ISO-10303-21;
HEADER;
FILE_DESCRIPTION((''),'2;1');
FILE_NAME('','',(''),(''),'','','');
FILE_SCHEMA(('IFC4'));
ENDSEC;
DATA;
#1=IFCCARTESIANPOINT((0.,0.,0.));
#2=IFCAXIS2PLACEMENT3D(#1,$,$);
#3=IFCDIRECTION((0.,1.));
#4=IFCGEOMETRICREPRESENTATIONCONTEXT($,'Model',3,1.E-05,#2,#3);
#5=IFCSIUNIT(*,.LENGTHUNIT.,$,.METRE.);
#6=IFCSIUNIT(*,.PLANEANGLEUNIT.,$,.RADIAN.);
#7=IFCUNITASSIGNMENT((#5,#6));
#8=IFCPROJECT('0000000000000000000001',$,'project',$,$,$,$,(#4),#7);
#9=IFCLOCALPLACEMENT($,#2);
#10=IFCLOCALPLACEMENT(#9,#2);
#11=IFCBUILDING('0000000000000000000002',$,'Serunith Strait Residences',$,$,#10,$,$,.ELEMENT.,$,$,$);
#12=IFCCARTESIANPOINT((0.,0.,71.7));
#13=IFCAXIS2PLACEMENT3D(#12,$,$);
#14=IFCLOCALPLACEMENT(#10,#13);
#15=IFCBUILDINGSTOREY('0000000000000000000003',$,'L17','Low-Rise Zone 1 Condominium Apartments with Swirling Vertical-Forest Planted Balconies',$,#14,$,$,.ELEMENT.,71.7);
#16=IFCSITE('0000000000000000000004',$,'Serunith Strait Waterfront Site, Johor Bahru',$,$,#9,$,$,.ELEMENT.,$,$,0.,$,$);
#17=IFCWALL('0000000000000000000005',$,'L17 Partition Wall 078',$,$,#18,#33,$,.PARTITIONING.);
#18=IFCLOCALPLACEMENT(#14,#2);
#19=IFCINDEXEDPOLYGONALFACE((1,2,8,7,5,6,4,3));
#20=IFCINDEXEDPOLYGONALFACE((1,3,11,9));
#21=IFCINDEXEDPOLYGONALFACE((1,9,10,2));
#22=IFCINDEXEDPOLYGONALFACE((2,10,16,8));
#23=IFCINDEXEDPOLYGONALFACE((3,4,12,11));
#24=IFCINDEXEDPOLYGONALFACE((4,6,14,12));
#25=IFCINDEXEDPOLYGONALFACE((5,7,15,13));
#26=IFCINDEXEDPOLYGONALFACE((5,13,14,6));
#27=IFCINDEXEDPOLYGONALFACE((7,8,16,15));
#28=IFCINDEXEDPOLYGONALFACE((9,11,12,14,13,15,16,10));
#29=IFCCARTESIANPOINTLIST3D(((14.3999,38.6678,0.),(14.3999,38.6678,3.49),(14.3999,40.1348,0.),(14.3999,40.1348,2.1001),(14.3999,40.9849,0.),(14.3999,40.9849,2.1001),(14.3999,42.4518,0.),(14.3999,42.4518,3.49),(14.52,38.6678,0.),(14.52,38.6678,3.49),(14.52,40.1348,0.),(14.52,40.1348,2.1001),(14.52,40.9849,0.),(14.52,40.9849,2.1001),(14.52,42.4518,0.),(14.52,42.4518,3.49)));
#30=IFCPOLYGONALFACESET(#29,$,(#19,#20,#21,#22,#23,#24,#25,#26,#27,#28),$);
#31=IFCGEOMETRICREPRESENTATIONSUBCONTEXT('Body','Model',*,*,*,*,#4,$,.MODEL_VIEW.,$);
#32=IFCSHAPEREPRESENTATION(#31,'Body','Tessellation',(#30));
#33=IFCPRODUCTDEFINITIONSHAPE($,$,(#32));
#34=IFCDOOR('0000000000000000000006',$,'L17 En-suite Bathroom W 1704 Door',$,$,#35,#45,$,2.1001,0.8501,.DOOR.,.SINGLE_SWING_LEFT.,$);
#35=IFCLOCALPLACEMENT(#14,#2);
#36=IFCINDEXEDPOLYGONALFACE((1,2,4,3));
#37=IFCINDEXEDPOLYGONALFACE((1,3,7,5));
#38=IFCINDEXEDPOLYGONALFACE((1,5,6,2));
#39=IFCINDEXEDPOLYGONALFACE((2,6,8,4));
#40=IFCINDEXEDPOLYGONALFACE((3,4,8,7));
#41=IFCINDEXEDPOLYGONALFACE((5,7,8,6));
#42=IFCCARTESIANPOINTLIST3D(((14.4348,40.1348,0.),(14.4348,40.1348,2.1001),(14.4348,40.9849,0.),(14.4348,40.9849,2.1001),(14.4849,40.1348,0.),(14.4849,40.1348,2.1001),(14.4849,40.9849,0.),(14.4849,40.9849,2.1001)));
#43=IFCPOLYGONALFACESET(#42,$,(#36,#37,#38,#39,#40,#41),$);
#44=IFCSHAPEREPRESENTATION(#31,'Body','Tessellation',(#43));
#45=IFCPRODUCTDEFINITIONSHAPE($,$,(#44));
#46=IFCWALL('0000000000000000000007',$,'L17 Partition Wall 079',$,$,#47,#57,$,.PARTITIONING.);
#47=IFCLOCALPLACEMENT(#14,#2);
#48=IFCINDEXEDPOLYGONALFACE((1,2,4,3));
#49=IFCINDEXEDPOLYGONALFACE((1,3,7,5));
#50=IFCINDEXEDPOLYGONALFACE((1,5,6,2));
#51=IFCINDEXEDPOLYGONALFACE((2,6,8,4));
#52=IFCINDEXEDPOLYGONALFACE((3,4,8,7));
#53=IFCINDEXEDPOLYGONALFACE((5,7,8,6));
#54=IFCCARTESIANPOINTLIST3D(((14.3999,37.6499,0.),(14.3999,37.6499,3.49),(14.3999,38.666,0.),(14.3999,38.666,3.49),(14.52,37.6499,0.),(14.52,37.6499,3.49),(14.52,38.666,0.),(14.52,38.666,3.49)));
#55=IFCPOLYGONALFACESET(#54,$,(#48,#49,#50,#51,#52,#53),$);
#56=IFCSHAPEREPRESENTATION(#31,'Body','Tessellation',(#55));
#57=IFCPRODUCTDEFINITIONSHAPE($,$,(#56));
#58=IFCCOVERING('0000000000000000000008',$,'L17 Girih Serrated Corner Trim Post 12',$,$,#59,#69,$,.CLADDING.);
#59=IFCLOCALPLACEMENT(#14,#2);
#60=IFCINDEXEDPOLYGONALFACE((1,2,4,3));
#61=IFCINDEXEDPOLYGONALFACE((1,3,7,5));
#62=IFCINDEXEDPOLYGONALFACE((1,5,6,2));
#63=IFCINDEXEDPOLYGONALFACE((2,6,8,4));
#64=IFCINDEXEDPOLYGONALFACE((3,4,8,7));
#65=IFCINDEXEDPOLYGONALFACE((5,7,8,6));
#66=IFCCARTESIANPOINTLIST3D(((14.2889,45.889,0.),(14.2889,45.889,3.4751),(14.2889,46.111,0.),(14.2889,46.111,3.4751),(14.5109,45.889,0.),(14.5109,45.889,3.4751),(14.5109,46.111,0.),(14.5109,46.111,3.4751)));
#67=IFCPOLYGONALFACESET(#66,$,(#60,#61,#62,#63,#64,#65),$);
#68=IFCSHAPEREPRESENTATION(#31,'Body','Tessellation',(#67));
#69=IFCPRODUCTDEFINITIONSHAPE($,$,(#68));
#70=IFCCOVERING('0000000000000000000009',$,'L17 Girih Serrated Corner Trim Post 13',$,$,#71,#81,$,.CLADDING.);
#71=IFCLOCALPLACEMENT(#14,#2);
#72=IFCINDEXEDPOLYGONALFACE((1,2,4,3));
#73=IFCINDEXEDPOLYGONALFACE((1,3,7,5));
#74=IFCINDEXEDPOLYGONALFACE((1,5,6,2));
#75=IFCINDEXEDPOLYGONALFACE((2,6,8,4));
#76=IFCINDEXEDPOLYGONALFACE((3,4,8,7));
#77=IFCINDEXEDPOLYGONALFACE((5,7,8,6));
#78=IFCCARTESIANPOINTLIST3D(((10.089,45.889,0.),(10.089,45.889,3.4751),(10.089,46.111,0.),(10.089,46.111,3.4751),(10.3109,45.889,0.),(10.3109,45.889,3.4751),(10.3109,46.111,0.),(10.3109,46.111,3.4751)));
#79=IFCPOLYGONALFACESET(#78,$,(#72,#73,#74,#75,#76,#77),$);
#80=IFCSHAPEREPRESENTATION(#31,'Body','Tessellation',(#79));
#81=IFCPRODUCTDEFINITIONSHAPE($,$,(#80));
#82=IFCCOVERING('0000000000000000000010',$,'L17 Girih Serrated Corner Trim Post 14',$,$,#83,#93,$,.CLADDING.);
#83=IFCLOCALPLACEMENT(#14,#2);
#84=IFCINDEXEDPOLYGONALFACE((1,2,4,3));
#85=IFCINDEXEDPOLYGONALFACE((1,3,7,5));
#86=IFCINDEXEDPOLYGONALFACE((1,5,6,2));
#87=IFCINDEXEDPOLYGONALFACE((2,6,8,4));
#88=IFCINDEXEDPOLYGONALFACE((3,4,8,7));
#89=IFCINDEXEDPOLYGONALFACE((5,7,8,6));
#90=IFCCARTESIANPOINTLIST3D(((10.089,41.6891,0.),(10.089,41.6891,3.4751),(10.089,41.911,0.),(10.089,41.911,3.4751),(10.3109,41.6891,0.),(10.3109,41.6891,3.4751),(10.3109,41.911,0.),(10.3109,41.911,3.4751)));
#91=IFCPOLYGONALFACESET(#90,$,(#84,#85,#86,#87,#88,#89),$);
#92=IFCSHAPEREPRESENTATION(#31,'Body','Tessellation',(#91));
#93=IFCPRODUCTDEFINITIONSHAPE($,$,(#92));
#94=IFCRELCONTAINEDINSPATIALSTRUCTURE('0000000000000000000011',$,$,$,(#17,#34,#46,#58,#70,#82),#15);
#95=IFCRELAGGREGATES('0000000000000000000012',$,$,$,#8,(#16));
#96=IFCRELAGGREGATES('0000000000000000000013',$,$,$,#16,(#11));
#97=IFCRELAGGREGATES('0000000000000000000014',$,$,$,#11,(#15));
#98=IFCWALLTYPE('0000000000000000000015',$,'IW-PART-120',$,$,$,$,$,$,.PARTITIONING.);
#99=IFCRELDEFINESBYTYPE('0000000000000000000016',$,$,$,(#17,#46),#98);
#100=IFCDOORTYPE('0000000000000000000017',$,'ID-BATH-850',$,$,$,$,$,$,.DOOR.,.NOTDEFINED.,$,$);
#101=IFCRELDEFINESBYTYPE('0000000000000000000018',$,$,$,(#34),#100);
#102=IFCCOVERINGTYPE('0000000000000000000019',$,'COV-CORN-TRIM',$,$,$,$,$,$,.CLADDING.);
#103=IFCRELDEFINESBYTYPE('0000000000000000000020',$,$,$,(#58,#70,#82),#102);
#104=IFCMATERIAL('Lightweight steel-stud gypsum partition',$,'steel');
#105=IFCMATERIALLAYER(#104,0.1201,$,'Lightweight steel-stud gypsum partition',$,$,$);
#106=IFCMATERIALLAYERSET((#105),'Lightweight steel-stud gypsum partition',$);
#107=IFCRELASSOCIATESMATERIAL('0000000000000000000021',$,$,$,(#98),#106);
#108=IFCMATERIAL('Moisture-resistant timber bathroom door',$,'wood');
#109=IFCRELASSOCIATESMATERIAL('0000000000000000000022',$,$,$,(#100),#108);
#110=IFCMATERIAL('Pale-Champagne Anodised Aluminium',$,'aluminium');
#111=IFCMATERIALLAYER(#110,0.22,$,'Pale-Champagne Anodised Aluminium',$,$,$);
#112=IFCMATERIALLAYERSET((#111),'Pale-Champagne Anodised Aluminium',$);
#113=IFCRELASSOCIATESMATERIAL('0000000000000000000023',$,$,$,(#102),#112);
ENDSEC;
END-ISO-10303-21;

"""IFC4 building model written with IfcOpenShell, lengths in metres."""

from ifc_helpers import new_model, si_unit, direction, frame, frame_2d, origin, origin_2d, place, context, subcontext, project, spatial, rectangle, extrude, source, transform, mapped, material, layer, layer_set, type_object, element, fill, save


model = new_model("IFC4")

# Units and contexts
model_context = context("Model", 3, precision=1e-05, world=origin(), true_north=direction((0.0, 1.0)))
body_context = subcontext(model_context, "Body", "Model", "MODEL_VIEW")
ifc_project = project(units=[si_unit("LENGTHUNIT", "METRE"), si_unit("PLANEANGLEUNIT", "RADIAN")], contexts=[model_context])

# Site, building, storey
site_placement = place(None, origin())
site = spatial("IfcSite", under=ifc_project, at=site_placement, Name="Serunith Strait Waterfront Site, Johor Bahru", CompositionType="ELEMENT", RefElevation=0.0)
building_placement = place(site_placement, origin())
building = spatial("IfcBuilding", under=site, at=building_placement, Name="Serunith Strait Residences", CompositionType="ELEMENT")
storey_placement = place(building_placement, frame((0.0, 0.0, 71.7)))
storey = spatial("IfcBuildingStorey", under=building, at=storey_placement, Name="L17", Description="Low-Rise Zone 1 Condominium Apartments with Swirling Vertical-Forest Planted Balconies", CompositionType="ELEMENT", Elevation=71.7)

# Shared definitions
ifc_material_1 = material(Name="Pale-Champagne Anodised Aluminium", Category="aluminium")

# Shared definitions
ifc_material_2 = material(Name="Lightweight steel-stud gypsum partition", Category="steel")
ifc_layer_1 = layer(ifc_material_2, 0.1201, Name="Lightweight steel-stud gypsum partition")
ifc_layer_set_1 = layer_set([ifc_layer_1], Name="Lightweight steel-stud gypsum partition")
wall_type_1 = type_object("IfcWallType", Name="IW-PART-120", PredefinedType="PARTITIONING", material=ifc_layer_set_1)
ifc_material_3 = material(Name="Moisture-resistant timber bathroom door", Category="wood")
door_type = type_object("IfcDoorType", Name="ID-BATH-850", OperationType="NOTDEFINED", PredefinedType="DOOR", material=ifc_material_3)
shared_shape_1 = source(origin(), body_context, "Body", "SweptSolid", [
    extrude(rectangle(XDim=0.8501, YDim=2.1001, at=frame_2d((0.425, 1.05))), frame((0.0, 0.0249, 0.0), z_axis=(0.0, -1.0, 0.0), x_axis=(1.0, 0.0, 0.0)), (0.0, 0.0, 1.0), 0.05),
])

# Wall, opening, door
wall_1_placement = place(storey_placement, frame((14.46, 42.4519, 0.0), z_axis=(0.0, 0.0, 1.0), x_axis=(0.0, -1.0, 0.0)))
wall_1 = element("IfcWall", 1, at=wall_1_placement, inside=storey, type_object=wall_type_1, Name="L17 Partition Wall 078", PredefinedType="PARTITIONING", context=body_context, shape_type="SweptSolid", body=[
    extrude(rectangle(XDim=3.7839, YDim=0.1201, at=frame_2d((1.8921, 0.0))), origin(), (0.0, 0.0, 1.0), 3.49),
])
opening_1_placement = place(wall_1_placement, frame((1.467, 0.0, 0.0)))
opening_1 = element("IfcOpeningElement", 2, at=opening_1_placement, cuts=wall_1, PredefinedType="OPENING", context=body_context, shape_type="SweptSolid", body=[
    extrude(rectangle(XDim=0.8501, YDim=2.1001, at=frame_2d((0.425, 1.05))), frame((0.0, 0.0701, 0.0), z_axis=(0.0, -1.0, 0.0), x_axis=(1.0, 0.0, 0.0)), (0.0, 0.0, 1.0), 0.1401),
])
door_1_placement = place(opening_1_placement, origin())
door_1 = element("IfcDoor", 3, at=door_1_placement, inside=storey, type_object=door_type, Name="L17 En-suite Bathroom W 1704 Door", OperationType="SINGLE_SWING_LEFT", OverallHeight=2.1001, OverallWidth=0.8501, PredefinedType="DOOR", context=body_context, shape_type="MappedRepresentation", body=[
    mapped(shared_shape_1, transform((0.0, 0.0, 0.0), scale=1.0)),
])
fill(opening_1, door_1)

# Wall
wall_2_placement = place(storey_placement, frame((14.46, 38.666, 0.0), z_axis=(0.0, 0.0, 1.0), x_axis=(0.0, -1.0, 0.0)))
element("IfcWall", 4, at=wall_2_placement, inside=storey, type_object=wall_type_1, Name="L17 Partition Wall 079", PredefinedType="PARTITIONING", context=body_context, shape_type="SweptSolid", body=[
    extrude(rectangle(XDim=1.0161, YDim=0.1201, at=frame_2d((0.5081, 0.0))), origin(), (0.0, 0.0, 1.0), 3.49),
])

# Coverings
ifc_layer_2 = layer(ifc_material_1, 0.22, Name="Pale-Champagne Anodised Aluminium")
ifc_layer_set_2 = layer_set([ifc_layer_2], Name="Pale-Champagne Anodised Aluminium")
covering_type = type_object("IfcCoveringType", Name="COV-CORN-TRIM", PredefinedType="CLADDING", material=ifc_layer_set_2)
shared_shape_2 = source(origin(), body_context, "Body", "SweptSolid", [
    extrude(rectangle(XDim=0.2219, YDim=0.2219, at=origin_2d()), origin(), (0.0, 0.0, 1.0), 3.4751),
])
for number, where, z_axis, x_axis, name in (
    (5, (14.3999, 46.0, 0.0), (0.0, 0.0, 1.0), (1.0, 0.0, 0.0), "L17 Girih Serrated Corner Trim Post 12"),
    (6, (10.2, 46.0, 0.0), (0.0, 0.0, 1.0), (1.0, 0.0, 0.0), "L17 Girih Serrated Corner Trim Post 13"),
    (7, (10.2, 41.8, 0.0), (0.0, 0.0, 1.0), (1.0, 0.0, 0.0), "L17 Girih Serrated Corner Trim Post 14"),
):
    element("IfcCovering", number, at=place(storey_placement, frame(where, z_axis=z_axis, x_axis=x_axis)), inside=storey, type_object=covering_type, Name=name, PredefinedType="CLADDING", context=body_context, shape_type="MappedRepresentation", body=[
        mapped(shared_shape_2, transform((0.0, 0.0, 0.0), scale=1.0)),
    ])

save(model, "model.ifc")
